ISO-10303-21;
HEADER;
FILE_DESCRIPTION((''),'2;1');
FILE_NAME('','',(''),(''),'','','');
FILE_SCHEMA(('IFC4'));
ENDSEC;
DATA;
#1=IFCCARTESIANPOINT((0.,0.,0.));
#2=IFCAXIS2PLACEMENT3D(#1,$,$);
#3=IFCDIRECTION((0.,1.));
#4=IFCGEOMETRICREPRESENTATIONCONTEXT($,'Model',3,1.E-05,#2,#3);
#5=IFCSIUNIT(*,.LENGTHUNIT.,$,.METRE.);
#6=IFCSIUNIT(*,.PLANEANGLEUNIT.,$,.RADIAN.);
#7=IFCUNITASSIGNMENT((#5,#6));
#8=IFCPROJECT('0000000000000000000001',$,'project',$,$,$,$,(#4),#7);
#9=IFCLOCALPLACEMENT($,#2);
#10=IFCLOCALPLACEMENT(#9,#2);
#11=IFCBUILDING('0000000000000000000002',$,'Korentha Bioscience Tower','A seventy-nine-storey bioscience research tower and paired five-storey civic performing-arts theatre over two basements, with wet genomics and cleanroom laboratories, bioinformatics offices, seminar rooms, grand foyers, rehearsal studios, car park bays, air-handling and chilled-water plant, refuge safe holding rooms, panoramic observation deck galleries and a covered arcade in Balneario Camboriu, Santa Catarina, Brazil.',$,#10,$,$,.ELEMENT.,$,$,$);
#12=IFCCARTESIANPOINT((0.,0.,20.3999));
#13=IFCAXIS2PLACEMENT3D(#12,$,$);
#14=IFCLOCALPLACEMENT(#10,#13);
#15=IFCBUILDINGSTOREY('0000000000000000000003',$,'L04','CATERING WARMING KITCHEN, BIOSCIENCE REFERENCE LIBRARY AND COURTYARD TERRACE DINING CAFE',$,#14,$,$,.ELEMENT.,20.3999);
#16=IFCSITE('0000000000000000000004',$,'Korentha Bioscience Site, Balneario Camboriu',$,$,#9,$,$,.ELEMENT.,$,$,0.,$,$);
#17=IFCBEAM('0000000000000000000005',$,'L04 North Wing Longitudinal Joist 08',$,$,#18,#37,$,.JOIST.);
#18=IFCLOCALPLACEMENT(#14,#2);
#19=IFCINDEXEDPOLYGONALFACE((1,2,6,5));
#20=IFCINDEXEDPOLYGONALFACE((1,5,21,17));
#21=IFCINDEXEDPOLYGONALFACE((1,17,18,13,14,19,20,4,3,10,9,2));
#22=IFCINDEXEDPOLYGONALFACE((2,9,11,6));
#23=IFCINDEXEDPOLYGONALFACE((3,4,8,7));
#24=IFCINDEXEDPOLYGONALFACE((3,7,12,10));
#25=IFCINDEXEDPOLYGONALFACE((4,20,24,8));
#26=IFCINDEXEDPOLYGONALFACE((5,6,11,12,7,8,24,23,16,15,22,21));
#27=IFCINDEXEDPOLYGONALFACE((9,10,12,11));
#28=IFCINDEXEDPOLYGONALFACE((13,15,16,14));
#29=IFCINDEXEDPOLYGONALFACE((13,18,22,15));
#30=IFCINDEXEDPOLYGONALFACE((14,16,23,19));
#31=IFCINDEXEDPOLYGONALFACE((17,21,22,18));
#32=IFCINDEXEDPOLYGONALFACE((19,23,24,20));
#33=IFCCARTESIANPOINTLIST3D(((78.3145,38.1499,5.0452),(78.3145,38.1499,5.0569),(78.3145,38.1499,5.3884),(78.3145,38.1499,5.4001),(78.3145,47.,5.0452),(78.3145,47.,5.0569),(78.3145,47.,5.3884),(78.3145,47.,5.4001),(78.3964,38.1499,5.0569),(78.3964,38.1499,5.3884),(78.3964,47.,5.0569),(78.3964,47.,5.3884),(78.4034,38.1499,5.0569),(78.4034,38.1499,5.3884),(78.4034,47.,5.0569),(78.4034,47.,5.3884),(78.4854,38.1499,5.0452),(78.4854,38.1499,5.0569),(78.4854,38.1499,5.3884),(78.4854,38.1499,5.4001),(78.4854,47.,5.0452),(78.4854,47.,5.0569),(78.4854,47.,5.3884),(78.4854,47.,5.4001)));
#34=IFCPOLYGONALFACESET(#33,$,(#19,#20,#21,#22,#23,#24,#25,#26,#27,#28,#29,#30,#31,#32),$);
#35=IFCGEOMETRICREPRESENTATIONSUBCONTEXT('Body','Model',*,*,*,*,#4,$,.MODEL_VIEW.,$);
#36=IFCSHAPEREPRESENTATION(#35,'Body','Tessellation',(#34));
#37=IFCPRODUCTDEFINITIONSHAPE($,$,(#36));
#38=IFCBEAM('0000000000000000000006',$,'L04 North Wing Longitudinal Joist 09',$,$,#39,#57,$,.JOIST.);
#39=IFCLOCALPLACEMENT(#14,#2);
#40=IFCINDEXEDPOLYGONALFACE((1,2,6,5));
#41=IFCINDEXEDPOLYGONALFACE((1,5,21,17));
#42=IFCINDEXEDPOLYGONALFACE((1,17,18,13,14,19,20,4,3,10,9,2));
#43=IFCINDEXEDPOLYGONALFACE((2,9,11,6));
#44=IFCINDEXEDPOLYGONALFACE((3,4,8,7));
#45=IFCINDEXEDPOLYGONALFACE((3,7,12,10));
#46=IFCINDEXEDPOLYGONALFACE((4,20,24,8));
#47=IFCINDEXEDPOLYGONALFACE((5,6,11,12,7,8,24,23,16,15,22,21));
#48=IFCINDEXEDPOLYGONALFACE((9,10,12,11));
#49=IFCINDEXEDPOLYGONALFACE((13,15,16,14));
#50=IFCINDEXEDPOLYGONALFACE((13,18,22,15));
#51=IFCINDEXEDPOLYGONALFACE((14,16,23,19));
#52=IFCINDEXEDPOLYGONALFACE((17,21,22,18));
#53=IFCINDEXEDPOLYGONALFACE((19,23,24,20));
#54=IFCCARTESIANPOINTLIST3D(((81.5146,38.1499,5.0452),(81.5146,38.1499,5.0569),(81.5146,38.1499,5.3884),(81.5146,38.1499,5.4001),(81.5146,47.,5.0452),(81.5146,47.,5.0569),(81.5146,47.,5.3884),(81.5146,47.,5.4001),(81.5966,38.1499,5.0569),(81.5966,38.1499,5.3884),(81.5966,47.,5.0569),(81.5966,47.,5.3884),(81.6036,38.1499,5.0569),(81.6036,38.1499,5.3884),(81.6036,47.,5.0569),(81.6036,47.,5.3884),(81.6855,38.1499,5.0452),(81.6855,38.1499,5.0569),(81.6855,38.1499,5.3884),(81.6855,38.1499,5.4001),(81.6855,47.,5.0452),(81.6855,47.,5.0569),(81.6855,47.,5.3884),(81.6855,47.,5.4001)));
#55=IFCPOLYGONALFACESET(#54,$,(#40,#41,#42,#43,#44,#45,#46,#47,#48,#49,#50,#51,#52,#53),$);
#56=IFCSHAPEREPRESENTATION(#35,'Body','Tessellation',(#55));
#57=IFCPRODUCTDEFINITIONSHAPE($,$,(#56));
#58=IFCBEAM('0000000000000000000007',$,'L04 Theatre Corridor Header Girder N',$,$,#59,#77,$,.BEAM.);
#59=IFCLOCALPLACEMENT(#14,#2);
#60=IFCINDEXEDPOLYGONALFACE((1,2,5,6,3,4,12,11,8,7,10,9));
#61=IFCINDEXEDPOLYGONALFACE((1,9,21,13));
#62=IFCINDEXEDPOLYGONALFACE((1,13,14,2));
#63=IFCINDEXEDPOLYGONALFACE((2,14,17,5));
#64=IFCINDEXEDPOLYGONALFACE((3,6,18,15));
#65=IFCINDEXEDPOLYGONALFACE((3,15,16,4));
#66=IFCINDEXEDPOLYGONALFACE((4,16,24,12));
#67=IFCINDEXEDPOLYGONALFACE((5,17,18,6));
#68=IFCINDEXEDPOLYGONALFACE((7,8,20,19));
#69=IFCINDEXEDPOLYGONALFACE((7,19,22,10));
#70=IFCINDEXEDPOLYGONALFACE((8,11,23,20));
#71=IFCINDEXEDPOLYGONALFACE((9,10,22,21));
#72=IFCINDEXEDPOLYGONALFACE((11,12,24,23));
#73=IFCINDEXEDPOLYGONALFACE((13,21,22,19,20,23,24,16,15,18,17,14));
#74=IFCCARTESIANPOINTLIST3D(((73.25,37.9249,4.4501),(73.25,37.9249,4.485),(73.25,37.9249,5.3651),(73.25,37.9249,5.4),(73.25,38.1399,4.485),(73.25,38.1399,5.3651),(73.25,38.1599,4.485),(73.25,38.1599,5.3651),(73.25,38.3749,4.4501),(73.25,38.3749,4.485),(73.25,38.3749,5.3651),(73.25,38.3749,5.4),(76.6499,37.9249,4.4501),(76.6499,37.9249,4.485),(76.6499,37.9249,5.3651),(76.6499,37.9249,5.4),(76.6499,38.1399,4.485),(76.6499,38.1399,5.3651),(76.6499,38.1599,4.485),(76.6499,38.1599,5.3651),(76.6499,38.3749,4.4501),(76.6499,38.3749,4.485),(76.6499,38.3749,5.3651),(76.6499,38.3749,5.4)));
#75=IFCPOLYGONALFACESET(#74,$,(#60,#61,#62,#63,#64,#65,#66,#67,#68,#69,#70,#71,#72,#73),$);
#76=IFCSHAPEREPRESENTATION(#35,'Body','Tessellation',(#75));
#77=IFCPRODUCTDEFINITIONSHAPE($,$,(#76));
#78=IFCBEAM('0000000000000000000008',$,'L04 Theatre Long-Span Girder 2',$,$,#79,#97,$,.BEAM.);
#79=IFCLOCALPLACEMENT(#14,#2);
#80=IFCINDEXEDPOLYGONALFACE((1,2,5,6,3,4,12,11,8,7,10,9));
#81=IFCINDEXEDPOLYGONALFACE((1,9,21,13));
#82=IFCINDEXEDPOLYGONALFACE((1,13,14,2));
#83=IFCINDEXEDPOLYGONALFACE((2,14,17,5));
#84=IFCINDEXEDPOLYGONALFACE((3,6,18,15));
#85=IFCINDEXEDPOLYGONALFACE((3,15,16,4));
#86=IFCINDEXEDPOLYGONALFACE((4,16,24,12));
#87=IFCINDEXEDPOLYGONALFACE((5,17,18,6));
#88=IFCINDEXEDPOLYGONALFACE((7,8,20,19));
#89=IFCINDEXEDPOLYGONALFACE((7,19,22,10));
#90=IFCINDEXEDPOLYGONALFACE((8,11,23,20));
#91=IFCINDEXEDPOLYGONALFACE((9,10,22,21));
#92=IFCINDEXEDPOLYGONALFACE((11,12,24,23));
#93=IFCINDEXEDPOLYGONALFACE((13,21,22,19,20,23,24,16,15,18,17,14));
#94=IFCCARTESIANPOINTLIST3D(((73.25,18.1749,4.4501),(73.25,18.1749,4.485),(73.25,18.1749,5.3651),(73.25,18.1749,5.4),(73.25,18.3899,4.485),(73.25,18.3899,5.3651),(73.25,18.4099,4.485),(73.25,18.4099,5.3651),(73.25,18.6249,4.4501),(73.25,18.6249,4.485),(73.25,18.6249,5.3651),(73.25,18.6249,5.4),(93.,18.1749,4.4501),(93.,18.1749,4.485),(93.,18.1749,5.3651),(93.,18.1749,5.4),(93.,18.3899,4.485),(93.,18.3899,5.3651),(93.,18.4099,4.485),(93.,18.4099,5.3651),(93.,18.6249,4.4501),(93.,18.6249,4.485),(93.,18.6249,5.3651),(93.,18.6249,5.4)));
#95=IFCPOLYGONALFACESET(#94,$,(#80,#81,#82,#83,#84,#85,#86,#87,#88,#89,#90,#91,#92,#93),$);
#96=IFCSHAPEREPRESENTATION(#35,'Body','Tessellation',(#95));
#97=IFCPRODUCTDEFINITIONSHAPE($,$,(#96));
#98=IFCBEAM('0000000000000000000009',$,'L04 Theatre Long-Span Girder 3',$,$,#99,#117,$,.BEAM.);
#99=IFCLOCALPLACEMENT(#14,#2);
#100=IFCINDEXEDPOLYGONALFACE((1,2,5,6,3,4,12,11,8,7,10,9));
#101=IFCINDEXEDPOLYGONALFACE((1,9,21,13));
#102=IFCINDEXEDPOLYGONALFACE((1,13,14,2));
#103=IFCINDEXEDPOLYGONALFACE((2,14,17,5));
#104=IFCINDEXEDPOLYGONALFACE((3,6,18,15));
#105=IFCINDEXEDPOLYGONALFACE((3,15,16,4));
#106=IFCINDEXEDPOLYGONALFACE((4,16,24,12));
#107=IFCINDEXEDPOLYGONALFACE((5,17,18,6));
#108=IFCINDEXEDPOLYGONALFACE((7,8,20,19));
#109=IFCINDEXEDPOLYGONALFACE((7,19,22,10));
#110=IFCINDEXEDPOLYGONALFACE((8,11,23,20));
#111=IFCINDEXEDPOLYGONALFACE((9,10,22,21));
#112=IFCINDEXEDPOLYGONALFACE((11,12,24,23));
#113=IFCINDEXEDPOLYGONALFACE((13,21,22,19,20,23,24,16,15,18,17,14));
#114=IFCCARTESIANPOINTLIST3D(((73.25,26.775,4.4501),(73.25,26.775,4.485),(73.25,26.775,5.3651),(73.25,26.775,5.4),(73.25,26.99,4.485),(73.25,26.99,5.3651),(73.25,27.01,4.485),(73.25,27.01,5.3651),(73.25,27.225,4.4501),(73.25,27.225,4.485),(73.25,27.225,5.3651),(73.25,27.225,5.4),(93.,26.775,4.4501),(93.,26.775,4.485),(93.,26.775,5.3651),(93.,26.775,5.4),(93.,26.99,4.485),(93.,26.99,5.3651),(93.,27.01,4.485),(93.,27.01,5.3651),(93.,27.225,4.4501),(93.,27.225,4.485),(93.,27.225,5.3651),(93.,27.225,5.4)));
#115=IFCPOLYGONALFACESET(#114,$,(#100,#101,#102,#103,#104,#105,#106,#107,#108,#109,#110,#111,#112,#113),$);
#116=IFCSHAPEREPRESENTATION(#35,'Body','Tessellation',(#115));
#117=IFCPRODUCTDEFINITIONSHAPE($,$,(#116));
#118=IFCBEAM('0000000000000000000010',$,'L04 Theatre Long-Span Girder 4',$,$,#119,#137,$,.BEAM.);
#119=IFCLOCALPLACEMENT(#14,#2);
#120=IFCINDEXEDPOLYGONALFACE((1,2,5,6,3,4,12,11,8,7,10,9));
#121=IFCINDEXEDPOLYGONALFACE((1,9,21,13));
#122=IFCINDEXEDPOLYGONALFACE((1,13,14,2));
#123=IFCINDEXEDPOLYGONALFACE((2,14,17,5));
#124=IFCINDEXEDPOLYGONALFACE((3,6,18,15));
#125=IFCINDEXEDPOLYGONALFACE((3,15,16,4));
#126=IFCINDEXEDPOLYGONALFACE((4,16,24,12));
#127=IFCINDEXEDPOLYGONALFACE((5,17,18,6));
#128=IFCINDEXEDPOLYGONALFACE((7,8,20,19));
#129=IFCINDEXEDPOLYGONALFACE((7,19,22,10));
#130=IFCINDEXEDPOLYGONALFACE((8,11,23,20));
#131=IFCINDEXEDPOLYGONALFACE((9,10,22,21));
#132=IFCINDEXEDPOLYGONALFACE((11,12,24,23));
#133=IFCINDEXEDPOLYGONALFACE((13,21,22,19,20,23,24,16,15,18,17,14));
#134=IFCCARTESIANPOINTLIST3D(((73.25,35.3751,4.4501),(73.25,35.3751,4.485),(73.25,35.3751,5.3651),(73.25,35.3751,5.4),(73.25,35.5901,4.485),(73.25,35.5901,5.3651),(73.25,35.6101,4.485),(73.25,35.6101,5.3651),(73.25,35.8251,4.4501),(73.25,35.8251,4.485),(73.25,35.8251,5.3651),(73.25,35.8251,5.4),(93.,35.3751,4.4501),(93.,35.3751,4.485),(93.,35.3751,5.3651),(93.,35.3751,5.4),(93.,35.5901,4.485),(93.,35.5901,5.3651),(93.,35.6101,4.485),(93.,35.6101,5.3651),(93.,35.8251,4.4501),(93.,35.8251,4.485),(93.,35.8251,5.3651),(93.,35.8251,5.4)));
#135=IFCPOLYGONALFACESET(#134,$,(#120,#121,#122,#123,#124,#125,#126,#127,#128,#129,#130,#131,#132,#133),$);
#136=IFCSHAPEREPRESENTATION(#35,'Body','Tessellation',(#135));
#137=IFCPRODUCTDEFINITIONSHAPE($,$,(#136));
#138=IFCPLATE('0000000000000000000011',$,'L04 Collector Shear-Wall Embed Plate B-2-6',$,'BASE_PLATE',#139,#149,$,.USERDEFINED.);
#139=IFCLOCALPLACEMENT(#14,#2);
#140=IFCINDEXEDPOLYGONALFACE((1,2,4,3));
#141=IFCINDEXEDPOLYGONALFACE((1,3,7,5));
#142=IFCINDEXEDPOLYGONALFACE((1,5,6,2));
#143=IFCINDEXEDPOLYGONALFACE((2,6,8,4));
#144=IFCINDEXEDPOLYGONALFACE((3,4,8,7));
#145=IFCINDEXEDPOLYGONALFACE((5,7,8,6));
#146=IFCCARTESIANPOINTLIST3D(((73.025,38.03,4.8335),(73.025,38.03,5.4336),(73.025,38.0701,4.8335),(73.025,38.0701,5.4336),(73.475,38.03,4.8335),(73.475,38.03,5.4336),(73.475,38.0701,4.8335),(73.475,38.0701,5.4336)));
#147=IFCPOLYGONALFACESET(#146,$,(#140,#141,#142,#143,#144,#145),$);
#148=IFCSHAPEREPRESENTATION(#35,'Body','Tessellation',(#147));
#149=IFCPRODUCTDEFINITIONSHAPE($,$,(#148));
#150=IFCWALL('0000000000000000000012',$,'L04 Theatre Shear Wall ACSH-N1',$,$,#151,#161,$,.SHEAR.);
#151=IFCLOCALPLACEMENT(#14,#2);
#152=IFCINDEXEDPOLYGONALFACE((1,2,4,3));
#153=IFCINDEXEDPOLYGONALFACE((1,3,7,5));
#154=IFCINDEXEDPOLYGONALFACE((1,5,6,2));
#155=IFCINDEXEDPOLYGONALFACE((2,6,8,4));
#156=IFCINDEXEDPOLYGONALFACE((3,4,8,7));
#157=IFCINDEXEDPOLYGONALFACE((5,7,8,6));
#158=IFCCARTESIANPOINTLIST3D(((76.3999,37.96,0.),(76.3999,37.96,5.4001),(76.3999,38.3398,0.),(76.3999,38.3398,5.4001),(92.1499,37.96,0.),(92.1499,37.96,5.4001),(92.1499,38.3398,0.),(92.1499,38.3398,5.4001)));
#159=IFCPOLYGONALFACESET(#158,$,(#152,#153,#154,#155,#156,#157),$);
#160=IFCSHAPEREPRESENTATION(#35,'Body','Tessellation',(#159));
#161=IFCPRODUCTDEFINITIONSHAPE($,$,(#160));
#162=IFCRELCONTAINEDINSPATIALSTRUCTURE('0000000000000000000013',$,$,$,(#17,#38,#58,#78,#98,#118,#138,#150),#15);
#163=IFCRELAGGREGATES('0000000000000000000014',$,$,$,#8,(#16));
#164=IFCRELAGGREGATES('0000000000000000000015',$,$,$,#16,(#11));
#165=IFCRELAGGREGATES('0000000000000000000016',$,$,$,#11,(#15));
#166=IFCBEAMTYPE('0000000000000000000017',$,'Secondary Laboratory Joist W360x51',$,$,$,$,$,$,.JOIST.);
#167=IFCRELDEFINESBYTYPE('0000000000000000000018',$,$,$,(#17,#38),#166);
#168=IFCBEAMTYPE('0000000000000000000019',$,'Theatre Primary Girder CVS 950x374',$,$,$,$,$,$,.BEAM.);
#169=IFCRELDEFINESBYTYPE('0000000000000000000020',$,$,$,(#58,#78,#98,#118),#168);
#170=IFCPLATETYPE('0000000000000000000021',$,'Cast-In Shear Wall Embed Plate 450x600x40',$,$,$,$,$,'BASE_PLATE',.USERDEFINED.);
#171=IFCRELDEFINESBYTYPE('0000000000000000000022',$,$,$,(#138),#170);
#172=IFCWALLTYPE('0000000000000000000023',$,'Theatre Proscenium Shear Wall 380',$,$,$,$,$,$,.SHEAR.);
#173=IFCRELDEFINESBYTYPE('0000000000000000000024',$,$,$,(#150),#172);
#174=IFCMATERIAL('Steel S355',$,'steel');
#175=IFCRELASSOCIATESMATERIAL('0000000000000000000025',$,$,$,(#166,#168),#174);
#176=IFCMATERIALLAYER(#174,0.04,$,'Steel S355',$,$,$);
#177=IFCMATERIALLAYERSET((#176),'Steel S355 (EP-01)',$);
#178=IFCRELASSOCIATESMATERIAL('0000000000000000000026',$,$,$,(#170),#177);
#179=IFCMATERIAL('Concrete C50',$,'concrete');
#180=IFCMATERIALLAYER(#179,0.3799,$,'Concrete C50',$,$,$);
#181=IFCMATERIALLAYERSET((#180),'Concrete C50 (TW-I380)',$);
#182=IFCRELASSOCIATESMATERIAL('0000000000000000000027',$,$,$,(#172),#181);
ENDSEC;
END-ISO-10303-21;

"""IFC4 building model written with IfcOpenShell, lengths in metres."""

from ifc_helpers import new_model, si_unit, direction, frame, frame_2d, origin, origin_2d, place, context, subcontext, project, spatial, rectangle, i_section, extrude, material, layer, layer_set, material_profile, profile_set, type_object, element, save


model = new_model("IFC4")

# Units and contexts
model_context = context("Model", 3, precision=1e-05, world=origin(), true_north=direction((0.0, 1.0)))
body_context = subcontext(model_context, "Body", "Model", "MODEL_VIEW")
ifc_project = project(units=[si_unit("LENGTHUNIT", "METRE"), si_unit("PLANEANGLEUNIT", "RADIAN")], contexts=[model_context])

# Site, building, storey
site_placement = place(None, origin())
site = spatial("IfcSite", under=ifc_project, at=site_placement, Name="Korentha Bioscience Site, Balneario Camboriu", CompositionType="ELEMENT", RefElevation=0.0)
building_placement = place(site_placement, origin())
building = spatial("IfcBuilding", under=site, at=building_placement, Name="Korentha Bioscience Tower", Description="A seventy-nine-storey bioscience research tower and paired five-storey civic performing-arts theatre over two basements, with wet genomics and cleanroom laboratories, bioinformatics offices, seminar rooms, grand foyers, rehearsal studios, car park bays, air-handling and chilled-water plant, refuge safe holding rooms, panoramic observation deck galleries and a covered arcade in Balneario Camboriu, Santa Catarina, Brazil.", CompositionType="ELEMENT")
storey_placement = place(building_placement, frame((0.0, 0.0, 20.3999)))
storey = spatial("IfcBuildingStorey", under=building, at=storey_placement, Name="L04", Description="CATERING WARMING KITCHEN, BIOSCIENCE REFERENCE LIBRARY AND COURTYARD TERRACE DINING CAFE", CompositionType="ELEMENT", Elevation=20.3999)

# Shared definitions
ifc_material_1 = material(Name="Steel S355", Category="steel")
ifc_material_2 = material(Name="Concrete C50", Category="concrete")

# Beams
ifc_material_profile_1 = material_profile(ifc_material_1, i_section(OverallWidth=0.1709, OverallDepth=0.355, WebThickness=0.0071, FlangeThickness=0.0117, at=origin_2d()), Name="Steel S355")
ifc_profile_set_1 = profile_set([ifc_material_profile_1], Name="Steel S355 (JB-360)")
beam_type_1 = type_object("IfcBeamType", Name="Secondary Laboratory Joist W360x51", PredefinedType="JOIST", material=ifc_profile_set_1)
for number, where, z_axis, x_axis, name in (
    (1, (78.3999, 38.1499, 5.2227), (0.0, 1.0, 0.0), (-1.0, 0.0, 0.0), "L04 North Wing Longitudinal Joist 08"),
    (2, (81.6001, 38.1499, 5.2227), (0.0, 1.0, 0.0), (-1.0, 0.0, 0.0), "L04 North Wing Longitudinal Joist 09"),
):
    element("IfcBeam", number, at=place(storey_placement, frame(where, z_axis=z_axis, x_axis=x_axis)), inside=storey, type_object=beam_type_1, Name=name, PredefinedType="JOIST", context=body_context, shape_type="SweptSolid", body=[
        extrude(i_section(OverallWidth=0.1709, OverallDepth=0.355, WebThickness=0.0071, FlangeThickness=0.0117, at=origin_2d()), origin(), (0.0, 0.0, 1.0), 8.8501),
    ])
ifc_material_profile_2 = material_profile(ifc_material_1, i_section(OverallWidth=0.45, OverallDepth=0.95, WebThickness=0.02, FlangeThickness=0.0349, at=origin_2d()), Name="Steel S355")
ifc_profile_set_2 = profile_set([ifc_material_profile_2], Name="Steel S355 (TB-950)")
beam_type_2 = type_object("IfcBeamType", Name="Theatre Primary Girder CVS 950x374", PredefinedType="BEAM", material=ifc_profile_set_2)
beam_1_placement = place(storey_placement, frame((73.25, 38.1499, 4.925), z_axis=(1.0, 0.0, 0.0), x_axis=(0.0, 1.0, 0.0)))
element("IfcBeam", 3, at=beam_1_placement, inside=storey, type_object=beam_type_2, Name="L04 Theatre Corridor Header Girder N", PredefinedType="BEAM", context=body_context, shape_type="SweptSolid", body=[
    extrude(i_section(OverallWidth=0.45, OverallDepth=0.95, WebThickness=0.02, FlangeThickness=0.0349, at=origin_2d()), origin(), (0.0, 0.0, 1.0), 3.3999),
])
for number, where, z_axis, x_axis, name in (
    (4, (73.25, 18.3999, 4.925), (1.0, 0.0, 0.0), (0.0, 1.0, 0.0), "L04 Theatre Long-Span Girder 2"),
    (5, (73.25, 27.0, 4.925), (1.0, 0.0, 0.0), (0.0, 1.0, 0.0), "L04 Theatre Long-Span Girder 3"),
    (6, (73.25, 35.6001, 4.925), (1.0, 0.0, 0.0), (0.0, 1.0, 0.0), "L04 Theatre Long-Span Girder 4"),
):
    element("IfcBeam", number, at=place(storey_placement, frame(where, z_axis=z_axis, x_axis=x_axis)), inside=storey, type_object=beam_type_2, Name=name, PredefinedType="BEAM", context=body_context, shape_type="SweptSolid", body=[
        extrude(i_section(OverallWidth=0.45, OverallDepth=0.95, WebThickness=0.02, FlangeThickness=0.0349, at=origin_2d()), origin(), (0.0, 0.0, 1.0), 19.75),
    ])

# Plate
ifc_layer_1 = layer(ifc_material_1, 0.04, Name="Steel S355")
ifc_layer_set_1 = layer_set([ifc_layer_1], Name="Steel S355 (EP-01)")
plate_type = type_object("IfcPlateType", Name="Cast-In Shear Wall Embed Plate 450x600x40", ElementType="BASE_PLATE", PredefinedType="USERDEFINED", material=ifc_layer_set_1)
plate_placement = place(storey_placement, frame((73.25, 38.05, 4.8335), z_axis=(0.0, 0.0, 1.0), x_axis=(1.0, 0.0, 0.0)))
element("IfcPlate", 7, at=plate_placement, inside=storey, type_object=plate_type, Name="L04 Collector Shear-Wall Embed Plate B-2-6", ObjectType="BASE_PLATE", PredefinedType="USERDEFINED", context=body_context, shape_type="SweptSolid", body=[
    extrude(rectangle(XDim=0.45, YDim=0.04, at=origin_2d()), origin(), (0.0, 0.0, 1.0), 0.6001),
])

# Wall
ifc_layer_2 = layer(ifc_material_2, 0.3799, Name="Concrete C50")
ifc_layer_set_2 = layer_set([ifc_layer_2], Name="Concrete C50 (TW-I380)")
wall_type = type_object("IfcWallType", Name="Theatre Proscenium Shear Wall 380", PredefinedType="SHEAR", material=ifc_layer_set_2)
wall_placement = place(storey_placement, frame((76.3999, 38.1499, 0.0), z_axis=(0.0, 0.0, 1.0), x_axis=(1.0, 0.0, 0.0)))
element("IfcWall", 8, at=wall_placement, inside=storey, type_object=wall_type, Name="L04 Theatre Shear Wall ACSH-N1", PredefinedType="SHEAR", context=body_context, shape_type="SweptSolid", body=[
    extrude(rectangle(XDim=15.75, YDim=0.3799, at=frame_2d((7.875, 0.0))), origin(), (0.0, 0.0, 1.0), 5.4001),
])

save(model, "model.ifc")
